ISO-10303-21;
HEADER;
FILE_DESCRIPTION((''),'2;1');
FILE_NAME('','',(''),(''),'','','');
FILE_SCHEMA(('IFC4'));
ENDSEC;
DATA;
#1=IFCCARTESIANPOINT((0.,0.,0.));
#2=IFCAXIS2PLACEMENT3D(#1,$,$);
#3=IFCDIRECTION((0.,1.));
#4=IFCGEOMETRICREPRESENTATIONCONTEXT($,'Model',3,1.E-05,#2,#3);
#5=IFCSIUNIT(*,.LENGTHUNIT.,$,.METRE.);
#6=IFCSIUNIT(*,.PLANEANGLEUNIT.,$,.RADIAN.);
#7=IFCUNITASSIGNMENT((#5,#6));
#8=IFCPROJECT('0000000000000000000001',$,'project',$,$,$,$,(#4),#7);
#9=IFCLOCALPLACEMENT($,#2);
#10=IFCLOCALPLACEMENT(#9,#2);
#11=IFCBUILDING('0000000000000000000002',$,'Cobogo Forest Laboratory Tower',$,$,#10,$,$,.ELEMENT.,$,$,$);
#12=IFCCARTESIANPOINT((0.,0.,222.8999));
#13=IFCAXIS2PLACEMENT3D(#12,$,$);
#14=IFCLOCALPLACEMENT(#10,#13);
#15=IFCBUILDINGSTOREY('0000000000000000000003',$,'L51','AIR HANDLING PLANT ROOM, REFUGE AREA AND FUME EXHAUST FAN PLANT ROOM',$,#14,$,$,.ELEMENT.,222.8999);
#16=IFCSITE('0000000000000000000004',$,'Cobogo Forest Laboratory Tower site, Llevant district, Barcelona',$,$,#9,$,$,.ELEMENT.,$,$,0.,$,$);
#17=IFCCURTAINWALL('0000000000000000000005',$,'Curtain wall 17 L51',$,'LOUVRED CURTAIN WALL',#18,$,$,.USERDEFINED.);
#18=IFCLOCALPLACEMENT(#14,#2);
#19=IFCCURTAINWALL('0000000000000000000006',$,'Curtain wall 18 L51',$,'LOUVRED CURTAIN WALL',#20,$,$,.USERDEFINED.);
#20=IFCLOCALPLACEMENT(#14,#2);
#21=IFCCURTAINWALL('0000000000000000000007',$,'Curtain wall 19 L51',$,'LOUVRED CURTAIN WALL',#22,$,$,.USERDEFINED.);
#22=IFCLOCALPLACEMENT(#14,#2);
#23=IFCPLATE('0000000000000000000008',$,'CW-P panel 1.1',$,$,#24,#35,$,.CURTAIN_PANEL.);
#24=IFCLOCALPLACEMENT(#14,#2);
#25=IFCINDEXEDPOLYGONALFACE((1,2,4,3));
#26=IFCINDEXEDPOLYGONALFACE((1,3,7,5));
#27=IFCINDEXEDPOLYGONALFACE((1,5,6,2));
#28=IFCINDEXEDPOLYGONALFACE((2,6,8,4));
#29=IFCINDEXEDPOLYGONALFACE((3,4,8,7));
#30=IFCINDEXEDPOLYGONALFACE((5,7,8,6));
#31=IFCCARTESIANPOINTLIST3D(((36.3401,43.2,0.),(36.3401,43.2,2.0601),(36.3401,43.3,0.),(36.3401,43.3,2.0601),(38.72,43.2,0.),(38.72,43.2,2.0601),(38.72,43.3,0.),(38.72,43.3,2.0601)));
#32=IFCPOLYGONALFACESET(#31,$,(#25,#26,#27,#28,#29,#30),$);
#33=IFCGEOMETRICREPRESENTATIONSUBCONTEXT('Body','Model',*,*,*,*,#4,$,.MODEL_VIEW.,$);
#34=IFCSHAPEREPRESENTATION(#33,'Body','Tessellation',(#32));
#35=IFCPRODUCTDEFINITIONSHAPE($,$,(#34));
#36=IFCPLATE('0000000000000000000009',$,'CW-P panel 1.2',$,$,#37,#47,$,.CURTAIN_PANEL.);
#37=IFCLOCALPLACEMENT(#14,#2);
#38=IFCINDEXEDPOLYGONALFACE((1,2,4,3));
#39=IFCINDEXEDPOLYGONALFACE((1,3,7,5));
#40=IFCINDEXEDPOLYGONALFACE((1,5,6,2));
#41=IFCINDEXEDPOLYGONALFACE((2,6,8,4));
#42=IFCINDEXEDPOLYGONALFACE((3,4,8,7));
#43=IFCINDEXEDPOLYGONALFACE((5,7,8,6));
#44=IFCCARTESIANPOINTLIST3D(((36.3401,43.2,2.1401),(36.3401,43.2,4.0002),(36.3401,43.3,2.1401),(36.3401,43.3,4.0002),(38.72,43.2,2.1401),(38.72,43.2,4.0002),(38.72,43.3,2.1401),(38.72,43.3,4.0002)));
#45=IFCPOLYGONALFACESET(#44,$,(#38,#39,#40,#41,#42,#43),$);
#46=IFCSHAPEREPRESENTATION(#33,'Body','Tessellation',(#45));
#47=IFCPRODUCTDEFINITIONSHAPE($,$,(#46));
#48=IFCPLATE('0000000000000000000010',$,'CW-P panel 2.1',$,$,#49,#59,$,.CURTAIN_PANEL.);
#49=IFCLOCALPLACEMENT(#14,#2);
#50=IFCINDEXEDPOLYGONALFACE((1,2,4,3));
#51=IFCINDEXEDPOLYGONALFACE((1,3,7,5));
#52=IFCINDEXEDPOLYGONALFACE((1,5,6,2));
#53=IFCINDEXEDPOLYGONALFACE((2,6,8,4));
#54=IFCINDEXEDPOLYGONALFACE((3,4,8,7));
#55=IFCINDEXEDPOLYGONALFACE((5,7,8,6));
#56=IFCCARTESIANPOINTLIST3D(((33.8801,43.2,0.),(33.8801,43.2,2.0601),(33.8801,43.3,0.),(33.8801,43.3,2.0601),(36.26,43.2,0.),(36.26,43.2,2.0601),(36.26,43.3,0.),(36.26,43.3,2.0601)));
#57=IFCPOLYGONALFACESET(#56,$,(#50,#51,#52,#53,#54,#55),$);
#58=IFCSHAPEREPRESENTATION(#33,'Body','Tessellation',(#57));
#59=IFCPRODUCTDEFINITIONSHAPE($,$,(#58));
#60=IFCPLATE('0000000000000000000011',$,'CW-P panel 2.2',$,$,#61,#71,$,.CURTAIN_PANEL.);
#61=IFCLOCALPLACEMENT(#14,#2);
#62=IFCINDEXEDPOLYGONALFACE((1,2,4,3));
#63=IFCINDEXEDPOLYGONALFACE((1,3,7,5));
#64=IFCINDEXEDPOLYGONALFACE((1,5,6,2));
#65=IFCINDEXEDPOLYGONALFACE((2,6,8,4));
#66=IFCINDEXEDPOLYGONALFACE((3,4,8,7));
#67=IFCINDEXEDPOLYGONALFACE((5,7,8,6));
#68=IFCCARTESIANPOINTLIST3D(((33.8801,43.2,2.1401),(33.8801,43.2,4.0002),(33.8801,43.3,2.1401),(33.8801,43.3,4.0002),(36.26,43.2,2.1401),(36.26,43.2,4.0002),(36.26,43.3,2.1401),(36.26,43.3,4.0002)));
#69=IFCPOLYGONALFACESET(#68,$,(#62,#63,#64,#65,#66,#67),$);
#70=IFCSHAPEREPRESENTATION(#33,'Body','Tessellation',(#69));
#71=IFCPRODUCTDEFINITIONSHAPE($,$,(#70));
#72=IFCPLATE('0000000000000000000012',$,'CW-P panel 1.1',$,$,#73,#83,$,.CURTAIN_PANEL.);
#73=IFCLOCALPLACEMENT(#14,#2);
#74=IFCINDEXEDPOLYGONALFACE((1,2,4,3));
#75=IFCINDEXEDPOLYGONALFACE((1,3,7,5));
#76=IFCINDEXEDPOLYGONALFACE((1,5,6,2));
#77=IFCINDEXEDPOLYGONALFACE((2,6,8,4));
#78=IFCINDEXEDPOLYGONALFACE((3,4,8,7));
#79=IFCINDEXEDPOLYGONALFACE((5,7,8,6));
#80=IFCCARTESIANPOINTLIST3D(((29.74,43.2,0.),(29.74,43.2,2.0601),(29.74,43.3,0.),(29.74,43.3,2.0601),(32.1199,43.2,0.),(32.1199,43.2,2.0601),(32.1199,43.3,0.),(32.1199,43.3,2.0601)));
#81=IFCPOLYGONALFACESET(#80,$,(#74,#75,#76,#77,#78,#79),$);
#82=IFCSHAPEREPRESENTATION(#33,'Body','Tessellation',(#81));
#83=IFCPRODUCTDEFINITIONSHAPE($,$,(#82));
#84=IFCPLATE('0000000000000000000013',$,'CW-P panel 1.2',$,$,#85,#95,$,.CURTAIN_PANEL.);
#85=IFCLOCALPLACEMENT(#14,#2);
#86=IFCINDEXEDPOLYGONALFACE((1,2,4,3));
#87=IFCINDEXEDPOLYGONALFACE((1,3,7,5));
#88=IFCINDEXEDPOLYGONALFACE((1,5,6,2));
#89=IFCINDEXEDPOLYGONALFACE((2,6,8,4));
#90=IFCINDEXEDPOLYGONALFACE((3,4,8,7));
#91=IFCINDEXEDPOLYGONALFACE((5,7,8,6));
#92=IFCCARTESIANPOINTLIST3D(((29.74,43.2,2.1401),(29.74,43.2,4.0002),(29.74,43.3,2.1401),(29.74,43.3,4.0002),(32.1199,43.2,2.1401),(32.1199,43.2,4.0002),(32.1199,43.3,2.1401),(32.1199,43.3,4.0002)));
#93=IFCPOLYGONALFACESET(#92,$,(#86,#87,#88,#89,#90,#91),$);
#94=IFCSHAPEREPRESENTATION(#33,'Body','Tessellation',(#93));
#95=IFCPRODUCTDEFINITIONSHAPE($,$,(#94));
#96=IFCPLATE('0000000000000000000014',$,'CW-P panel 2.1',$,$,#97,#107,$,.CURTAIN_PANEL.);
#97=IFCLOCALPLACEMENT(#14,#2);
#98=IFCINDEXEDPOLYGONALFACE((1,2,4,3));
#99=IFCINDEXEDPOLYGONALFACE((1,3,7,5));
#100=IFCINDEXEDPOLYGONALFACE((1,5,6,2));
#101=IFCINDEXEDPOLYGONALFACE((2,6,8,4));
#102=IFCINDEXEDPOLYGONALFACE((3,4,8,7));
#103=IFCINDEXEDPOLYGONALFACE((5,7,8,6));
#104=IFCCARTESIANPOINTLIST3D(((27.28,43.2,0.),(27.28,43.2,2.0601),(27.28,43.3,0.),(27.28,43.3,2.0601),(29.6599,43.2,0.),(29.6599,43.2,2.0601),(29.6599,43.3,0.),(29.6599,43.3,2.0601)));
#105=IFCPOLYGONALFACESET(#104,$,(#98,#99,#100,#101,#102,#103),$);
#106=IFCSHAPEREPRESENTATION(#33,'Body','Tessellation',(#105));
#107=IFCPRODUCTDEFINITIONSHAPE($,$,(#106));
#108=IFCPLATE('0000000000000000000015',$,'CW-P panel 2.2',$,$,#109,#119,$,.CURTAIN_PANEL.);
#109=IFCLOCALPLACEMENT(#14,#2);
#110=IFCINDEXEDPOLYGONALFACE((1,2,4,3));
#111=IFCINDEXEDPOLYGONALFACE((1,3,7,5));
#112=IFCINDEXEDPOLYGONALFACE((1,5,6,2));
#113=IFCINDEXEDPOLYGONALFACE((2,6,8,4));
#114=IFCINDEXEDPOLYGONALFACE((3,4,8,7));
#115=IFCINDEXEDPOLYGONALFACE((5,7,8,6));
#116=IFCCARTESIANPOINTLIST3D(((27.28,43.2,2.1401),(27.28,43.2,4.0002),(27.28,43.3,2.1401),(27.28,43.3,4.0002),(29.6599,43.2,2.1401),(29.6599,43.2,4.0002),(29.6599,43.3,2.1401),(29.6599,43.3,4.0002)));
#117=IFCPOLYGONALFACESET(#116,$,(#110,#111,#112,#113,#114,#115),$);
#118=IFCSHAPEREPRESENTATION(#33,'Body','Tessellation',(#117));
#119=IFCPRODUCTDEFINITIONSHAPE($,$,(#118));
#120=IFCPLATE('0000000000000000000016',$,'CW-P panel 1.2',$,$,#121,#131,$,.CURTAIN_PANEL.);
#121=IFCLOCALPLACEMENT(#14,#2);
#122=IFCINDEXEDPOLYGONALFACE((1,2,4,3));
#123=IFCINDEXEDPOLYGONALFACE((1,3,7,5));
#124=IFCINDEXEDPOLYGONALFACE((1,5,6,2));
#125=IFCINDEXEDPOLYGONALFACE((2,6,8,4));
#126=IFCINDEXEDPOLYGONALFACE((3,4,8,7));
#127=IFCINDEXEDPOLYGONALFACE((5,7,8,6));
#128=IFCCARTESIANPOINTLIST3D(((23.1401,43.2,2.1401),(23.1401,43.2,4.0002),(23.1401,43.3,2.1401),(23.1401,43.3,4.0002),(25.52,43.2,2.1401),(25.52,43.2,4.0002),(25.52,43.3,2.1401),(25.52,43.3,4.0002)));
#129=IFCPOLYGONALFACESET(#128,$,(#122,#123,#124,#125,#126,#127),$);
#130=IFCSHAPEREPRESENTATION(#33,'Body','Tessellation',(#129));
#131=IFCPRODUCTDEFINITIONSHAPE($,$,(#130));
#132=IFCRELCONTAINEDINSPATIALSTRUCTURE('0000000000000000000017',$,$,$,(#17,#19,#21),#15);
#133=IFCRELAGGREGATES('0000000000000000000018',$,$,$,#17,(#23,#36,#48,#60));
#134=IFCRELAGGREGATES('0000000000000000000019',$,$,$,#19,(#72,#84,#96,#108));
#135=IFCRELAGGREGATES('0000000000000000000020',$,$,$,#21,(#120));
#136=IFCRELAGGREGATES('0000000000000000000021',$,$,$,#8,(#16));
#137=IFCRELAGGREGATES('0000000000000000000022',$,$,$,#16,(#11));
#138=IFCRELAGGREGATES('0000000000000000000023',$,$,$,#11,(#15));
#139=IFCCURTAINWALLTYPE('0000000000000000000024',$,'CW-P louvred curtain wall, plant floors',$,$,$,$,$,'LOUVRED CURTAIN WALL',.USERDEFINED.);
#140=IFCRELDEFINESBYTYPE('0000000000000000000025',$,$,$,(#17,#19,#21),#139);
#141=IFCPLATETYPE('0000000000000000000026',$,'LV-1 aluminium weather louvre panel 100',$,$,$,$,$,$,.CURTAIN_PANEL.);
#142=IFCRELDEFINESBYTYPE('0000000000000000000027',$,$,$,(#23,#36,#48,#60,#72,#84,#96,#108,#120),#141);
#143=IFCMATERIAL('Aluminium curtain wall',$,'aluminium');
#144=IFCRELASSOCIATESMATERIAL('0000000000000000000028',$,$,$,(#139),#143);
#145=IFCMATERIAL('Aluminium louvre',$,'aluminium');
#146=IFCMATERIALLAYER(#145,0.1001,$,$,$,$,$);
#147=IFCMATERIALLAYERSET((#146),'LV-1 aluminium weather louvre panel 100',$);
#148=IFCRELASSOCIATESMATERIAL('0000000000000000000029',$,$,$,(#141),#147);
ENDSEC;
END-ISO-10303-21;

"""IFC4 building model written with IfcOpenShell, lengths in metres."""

from ifc_helpers import new_model, si_unit, direction, frame, origin, origin_2d, place, context, subcontext, project, spatial, rectangle, extrude, material, layer, layer_set, type_object, element, aggregate, save


model = new_model("IFC4")

# Units and contexts
model_context = context("Model", 3, precision=1e-05, world=origin(), true_north=direction((0.0, 1.0)))
body_context = subcontext(model_context, "Body", "Model", "MODEL_VIEW")
ifc_project = project(units=[si_unit("LENGTHUNIT", "METRE"), si_unit("PLANEANGLEUNIT", "RADIAN")], contexts=[model_context])

# Site, building, storey
site_placement = place(None, origin())
site = spatial("IfcSite", under=ifc_project, at=site_placement, Name="Cobogo Forest Laboratory Tower site, Llevant district, Barcelona", CompositionType="ELEMENT", RefElevation=0.0)
building_placement = place(site_placement, origin())
building = spatial("IfcBuilding", under=site, at=building_placement, Name="Cobogo Forest Laboratory Tower", CompositionType="ELEMENT")
storey_placement = place(building_placement, frame((0.0, 0.0, 222.8999)))
storey = spatial("IfcBuildingStorey", under=building, at=storey_placement, Name="L51", Description="AIR HANDLING PLANT ROOM, REFUGE AREA AND FUME EXHAUST FAN PLANT ROOM", CompositionType="ELEMENT", Elevation=222.8999)

# Curtain walls
ifc_material_1 = material(Name="Aluminium curtain wall", Category="aluminium")
curtain_wall_type = type_object("IfcCurtainWallType", Name="CW-P louvred curtain wall, plant floors", ElementType="LOUVRED CURTAIN WALL", PredefinedType="USERDEFINED", material=ifc_material_1)
curtain_wall_1_placement = place(storey_placement, origin())
curtain_wall_1 = element("IfcCurtainWall", 1, at=curtain_wall_1_placement, inside=storey, type_object=curtain_wall_type, Name="Curtain wall 17 L51", ObjectType="LOUVRED CURTAIN WALL", PredefinedType="USERDEFINED")
curtain_wall_2_placement = place(storey_placement, origin())
curtain_wall_2 = element("IfcCurtainWall", 2, at=curtain_wall_2_placement, inside=storey, type_object=curtain_wall_type, Name="Curtain wall 18 L51", ObjectType="LOUVRED CURTAIN WALL", PredefinedType="USERDEFINED")

# Curtain wall
curtain_wall_3_placement = place(storey_placement, origin())
curtain_wall_3 = element("IfcCurtainWall", 3, at=curtain_wall_3_placement, inside=storey, type_object=curtain_wall_type, Name="Curtain wall 19 L51", ObjectType="LOUVRED CURTAIN WALL", PredefinedType="USERDEFINED")

# Plates
ifc_material_2 = material(Name="Aluminium louvre", Category="aluminium")
ifc_layer_1 = layer(ifc_material_2, 0.1001)
ifc_layer_set_1 = layer_set([ifc_layer_1], Name="LV-1 aluminium weather louvre panel 100")
plate_type_1 = type_object("IfcPlateType", Name="LV-1 aluminium weather louvre panel 100", PredefinedType="CURTAIN_PANEL", material=ifc_layer_set_1)
plate_1_placement = place(storey_placement, frame((37.53, 43.25, 0.0), z_axis=(0.0, 0.0, 1.0), x_axis=(-1.0, 0.0, 0.0)))
plate_1 = element("IfcPlate", 4, at=plate_1_placement, type_object=plate_type_1, Name="CW-P panel 1.1", PredefinedType="CURTAIN_PANEL", context=body_context, shape_type="SweptSolid", body=[
    extrude(rectangle(XDim=2.3799, YDim=0.1001, at=origin_2d()), origin(), (0.0, 0.0, 1.0), 2.0601),
])
plate_2_placement = place(storey_placement, frame((37.53, 43.25, 2.1401), z_axis=(0.0, 0.0, 1.0), x_axis=(-1.0, 0.0, 0.0)))
plate_2 = element("IfcPlate", 5, at=plate_2_placement, type_object=plate_type_1, Name="CW-P panel 1.2", PredefinedType="CURTAIN_PANEL", context=body_context, shape_type="SweptSolid", body=[
    extrude(rectangle(XDim=2.3799, YDim=0.1001, at=origin_2d()), origin(), (0.0, 0.0, 1.0), 1.8601),
])
plate_3_placement = place(storey_placement, frame((35.0701, 43.25, 0.0), z_axis=(0.0, 0.0, 1.0), x_axis=(-1.0, 0.0, 0.0)))
plate_3 = element("IfcPlate", 6, at=plate_3_placement, type_object=plate_type_1, Name="CW-P panel 2.1", PredefinedType="CURTAIN_PANEL", context=body_context, shape_type="SweptSolid", body=[
    extrude(rectangle(XDim=2.3799, YDim=0.1001, at=origin_2d()), origin(), (0.0, 0.0, 1.0), 2.0601),
])
plate_4_placement = place(storey_placement, frame((35.0701, 43.25, 2.1401), z_axis=(0.0, 0.0, 1.0), x_axis=(-1.0, 0.0, 0.0)))
plate_4 = element("IfcPlate", 7, at=plate_4_placement, type_object=plate_type_1, Name="CW-P panel 2.2", PredefinedType="CURTAIN_PANEL", context=body_context, shape_type="SweptSolid", body=[
    extrude(rectangle(XDim=2.3799, YDim=0.1001, at=origin_2d()), origin(), (0.0, 0.0, 1.0), 1.8601),
])
aggregate(curtain_wall_1, [plate_1, plate_2, plate_3, plate_4])
plate_5_placement = place(storey_placement, frame((30.9299, 43.25, 0.0), z_axis=(0.0, 0.0, 1.0), x_axis=(-1.0, 0.0, 0.0)))
plate_5 = element("IfcPlate", 8, at=plate_5_placement, type_object=plate_type_1, Name="CW-P panel 1.1", PredefinedType="CURTAIN_PANEL", context=body_context, shape_type="SweptSolid", body=[
    extrude(rectangle(XDim=2.3799, YDim=0.1001, at=origin_2d()), origin(), (0.0, 0.0, 1.0), 2.0601),
])
plate_6_placement = place(storey_placement, frame((30.9299, 43.25, 2.1401), z_axis=(0.0, 0.0, 1.0), x_axis=(-1.0, 0.0, 0.0)))
plate_6 = element("IfcPlate", 9, at=plate_6_placement, type_object=plate_type_1, Name="CW-P panel 1.2", PredefinedType="CURTAIN_PANEL", context=body_context, shape_type="SweptSolid", body=[
    extrude(rectangle(XDim=2.3799, YDim=0.1001, at=origin_2d()), origin(), (0.0, 0.0, 1.0), 1.8601),
])
plate_7_placement = place(storey_placement, frame((28.47, 43.25, 0.0), z_axis=(0.0, 0.0, 1.0), x_axis=(-1.0, 0.0, 0.0)))
plate_7 = element("IfcPlate", 10, at=plate_7_placement, type_object=plate_type_1, Name="CW-P panel 2.1", PredefinedType="CURTAIN_PANEL", context=body_context, shape_type="SweptSolid", body=[
    extrude(rectangle(XDim=2.3799, YDim=0.1001, at=origin_2d()), origin(), (0.0, 0.0, 1.0), 2.0601),
])
plate_8_placement = place(storey_placement, frame((28.47, 43.25, 2.1401), z_axis=(0.0, 0.0, 1.0), x_axis=(-1.0, 0.0, 0.0)))
plate_8 = element("IfcPlate", 11, at=plate_8_placement, type_object=plate_type_1, Name="CW-P panel 2.2", PredefinedType="CURTAIN_PANEL", context=body_context, shape_type="SweptSolid", body=[
    extrude(rectangle(XDim=2.3799, YDim=0.1001, at=origin_2d()), origin(), (0.0, 0.0, 1.0), 1.8601),
])
aggregate(curtain_wall_2, [plate_5, plate_6, plate_7, plate_8])
plate_9_placement = place(storey_placement, frame((24.3301, 43.25, 2.1401), z_axis=(0.0, 0.0, 1.0), x_axis=(-1.0, 0.0, 0.0)))
plate_9 = element("IfcPlate", 12, at=plate_9_placement, type_object=plate_type_1, Name="CW-P panel 1.2", PredefinedType="CURTAIN_PANEL", context=body_context, shape_type="SweptSolid", body=[
    extrude(rectangle(XDim=2.3799, YDim=0.1001, at=origin_2d()), origin(), (0.0, 0.0, 1.0), 1.8601),
])
aggregate(curtain_wall_3, [plate_9])

save(model, "model.ifc")
